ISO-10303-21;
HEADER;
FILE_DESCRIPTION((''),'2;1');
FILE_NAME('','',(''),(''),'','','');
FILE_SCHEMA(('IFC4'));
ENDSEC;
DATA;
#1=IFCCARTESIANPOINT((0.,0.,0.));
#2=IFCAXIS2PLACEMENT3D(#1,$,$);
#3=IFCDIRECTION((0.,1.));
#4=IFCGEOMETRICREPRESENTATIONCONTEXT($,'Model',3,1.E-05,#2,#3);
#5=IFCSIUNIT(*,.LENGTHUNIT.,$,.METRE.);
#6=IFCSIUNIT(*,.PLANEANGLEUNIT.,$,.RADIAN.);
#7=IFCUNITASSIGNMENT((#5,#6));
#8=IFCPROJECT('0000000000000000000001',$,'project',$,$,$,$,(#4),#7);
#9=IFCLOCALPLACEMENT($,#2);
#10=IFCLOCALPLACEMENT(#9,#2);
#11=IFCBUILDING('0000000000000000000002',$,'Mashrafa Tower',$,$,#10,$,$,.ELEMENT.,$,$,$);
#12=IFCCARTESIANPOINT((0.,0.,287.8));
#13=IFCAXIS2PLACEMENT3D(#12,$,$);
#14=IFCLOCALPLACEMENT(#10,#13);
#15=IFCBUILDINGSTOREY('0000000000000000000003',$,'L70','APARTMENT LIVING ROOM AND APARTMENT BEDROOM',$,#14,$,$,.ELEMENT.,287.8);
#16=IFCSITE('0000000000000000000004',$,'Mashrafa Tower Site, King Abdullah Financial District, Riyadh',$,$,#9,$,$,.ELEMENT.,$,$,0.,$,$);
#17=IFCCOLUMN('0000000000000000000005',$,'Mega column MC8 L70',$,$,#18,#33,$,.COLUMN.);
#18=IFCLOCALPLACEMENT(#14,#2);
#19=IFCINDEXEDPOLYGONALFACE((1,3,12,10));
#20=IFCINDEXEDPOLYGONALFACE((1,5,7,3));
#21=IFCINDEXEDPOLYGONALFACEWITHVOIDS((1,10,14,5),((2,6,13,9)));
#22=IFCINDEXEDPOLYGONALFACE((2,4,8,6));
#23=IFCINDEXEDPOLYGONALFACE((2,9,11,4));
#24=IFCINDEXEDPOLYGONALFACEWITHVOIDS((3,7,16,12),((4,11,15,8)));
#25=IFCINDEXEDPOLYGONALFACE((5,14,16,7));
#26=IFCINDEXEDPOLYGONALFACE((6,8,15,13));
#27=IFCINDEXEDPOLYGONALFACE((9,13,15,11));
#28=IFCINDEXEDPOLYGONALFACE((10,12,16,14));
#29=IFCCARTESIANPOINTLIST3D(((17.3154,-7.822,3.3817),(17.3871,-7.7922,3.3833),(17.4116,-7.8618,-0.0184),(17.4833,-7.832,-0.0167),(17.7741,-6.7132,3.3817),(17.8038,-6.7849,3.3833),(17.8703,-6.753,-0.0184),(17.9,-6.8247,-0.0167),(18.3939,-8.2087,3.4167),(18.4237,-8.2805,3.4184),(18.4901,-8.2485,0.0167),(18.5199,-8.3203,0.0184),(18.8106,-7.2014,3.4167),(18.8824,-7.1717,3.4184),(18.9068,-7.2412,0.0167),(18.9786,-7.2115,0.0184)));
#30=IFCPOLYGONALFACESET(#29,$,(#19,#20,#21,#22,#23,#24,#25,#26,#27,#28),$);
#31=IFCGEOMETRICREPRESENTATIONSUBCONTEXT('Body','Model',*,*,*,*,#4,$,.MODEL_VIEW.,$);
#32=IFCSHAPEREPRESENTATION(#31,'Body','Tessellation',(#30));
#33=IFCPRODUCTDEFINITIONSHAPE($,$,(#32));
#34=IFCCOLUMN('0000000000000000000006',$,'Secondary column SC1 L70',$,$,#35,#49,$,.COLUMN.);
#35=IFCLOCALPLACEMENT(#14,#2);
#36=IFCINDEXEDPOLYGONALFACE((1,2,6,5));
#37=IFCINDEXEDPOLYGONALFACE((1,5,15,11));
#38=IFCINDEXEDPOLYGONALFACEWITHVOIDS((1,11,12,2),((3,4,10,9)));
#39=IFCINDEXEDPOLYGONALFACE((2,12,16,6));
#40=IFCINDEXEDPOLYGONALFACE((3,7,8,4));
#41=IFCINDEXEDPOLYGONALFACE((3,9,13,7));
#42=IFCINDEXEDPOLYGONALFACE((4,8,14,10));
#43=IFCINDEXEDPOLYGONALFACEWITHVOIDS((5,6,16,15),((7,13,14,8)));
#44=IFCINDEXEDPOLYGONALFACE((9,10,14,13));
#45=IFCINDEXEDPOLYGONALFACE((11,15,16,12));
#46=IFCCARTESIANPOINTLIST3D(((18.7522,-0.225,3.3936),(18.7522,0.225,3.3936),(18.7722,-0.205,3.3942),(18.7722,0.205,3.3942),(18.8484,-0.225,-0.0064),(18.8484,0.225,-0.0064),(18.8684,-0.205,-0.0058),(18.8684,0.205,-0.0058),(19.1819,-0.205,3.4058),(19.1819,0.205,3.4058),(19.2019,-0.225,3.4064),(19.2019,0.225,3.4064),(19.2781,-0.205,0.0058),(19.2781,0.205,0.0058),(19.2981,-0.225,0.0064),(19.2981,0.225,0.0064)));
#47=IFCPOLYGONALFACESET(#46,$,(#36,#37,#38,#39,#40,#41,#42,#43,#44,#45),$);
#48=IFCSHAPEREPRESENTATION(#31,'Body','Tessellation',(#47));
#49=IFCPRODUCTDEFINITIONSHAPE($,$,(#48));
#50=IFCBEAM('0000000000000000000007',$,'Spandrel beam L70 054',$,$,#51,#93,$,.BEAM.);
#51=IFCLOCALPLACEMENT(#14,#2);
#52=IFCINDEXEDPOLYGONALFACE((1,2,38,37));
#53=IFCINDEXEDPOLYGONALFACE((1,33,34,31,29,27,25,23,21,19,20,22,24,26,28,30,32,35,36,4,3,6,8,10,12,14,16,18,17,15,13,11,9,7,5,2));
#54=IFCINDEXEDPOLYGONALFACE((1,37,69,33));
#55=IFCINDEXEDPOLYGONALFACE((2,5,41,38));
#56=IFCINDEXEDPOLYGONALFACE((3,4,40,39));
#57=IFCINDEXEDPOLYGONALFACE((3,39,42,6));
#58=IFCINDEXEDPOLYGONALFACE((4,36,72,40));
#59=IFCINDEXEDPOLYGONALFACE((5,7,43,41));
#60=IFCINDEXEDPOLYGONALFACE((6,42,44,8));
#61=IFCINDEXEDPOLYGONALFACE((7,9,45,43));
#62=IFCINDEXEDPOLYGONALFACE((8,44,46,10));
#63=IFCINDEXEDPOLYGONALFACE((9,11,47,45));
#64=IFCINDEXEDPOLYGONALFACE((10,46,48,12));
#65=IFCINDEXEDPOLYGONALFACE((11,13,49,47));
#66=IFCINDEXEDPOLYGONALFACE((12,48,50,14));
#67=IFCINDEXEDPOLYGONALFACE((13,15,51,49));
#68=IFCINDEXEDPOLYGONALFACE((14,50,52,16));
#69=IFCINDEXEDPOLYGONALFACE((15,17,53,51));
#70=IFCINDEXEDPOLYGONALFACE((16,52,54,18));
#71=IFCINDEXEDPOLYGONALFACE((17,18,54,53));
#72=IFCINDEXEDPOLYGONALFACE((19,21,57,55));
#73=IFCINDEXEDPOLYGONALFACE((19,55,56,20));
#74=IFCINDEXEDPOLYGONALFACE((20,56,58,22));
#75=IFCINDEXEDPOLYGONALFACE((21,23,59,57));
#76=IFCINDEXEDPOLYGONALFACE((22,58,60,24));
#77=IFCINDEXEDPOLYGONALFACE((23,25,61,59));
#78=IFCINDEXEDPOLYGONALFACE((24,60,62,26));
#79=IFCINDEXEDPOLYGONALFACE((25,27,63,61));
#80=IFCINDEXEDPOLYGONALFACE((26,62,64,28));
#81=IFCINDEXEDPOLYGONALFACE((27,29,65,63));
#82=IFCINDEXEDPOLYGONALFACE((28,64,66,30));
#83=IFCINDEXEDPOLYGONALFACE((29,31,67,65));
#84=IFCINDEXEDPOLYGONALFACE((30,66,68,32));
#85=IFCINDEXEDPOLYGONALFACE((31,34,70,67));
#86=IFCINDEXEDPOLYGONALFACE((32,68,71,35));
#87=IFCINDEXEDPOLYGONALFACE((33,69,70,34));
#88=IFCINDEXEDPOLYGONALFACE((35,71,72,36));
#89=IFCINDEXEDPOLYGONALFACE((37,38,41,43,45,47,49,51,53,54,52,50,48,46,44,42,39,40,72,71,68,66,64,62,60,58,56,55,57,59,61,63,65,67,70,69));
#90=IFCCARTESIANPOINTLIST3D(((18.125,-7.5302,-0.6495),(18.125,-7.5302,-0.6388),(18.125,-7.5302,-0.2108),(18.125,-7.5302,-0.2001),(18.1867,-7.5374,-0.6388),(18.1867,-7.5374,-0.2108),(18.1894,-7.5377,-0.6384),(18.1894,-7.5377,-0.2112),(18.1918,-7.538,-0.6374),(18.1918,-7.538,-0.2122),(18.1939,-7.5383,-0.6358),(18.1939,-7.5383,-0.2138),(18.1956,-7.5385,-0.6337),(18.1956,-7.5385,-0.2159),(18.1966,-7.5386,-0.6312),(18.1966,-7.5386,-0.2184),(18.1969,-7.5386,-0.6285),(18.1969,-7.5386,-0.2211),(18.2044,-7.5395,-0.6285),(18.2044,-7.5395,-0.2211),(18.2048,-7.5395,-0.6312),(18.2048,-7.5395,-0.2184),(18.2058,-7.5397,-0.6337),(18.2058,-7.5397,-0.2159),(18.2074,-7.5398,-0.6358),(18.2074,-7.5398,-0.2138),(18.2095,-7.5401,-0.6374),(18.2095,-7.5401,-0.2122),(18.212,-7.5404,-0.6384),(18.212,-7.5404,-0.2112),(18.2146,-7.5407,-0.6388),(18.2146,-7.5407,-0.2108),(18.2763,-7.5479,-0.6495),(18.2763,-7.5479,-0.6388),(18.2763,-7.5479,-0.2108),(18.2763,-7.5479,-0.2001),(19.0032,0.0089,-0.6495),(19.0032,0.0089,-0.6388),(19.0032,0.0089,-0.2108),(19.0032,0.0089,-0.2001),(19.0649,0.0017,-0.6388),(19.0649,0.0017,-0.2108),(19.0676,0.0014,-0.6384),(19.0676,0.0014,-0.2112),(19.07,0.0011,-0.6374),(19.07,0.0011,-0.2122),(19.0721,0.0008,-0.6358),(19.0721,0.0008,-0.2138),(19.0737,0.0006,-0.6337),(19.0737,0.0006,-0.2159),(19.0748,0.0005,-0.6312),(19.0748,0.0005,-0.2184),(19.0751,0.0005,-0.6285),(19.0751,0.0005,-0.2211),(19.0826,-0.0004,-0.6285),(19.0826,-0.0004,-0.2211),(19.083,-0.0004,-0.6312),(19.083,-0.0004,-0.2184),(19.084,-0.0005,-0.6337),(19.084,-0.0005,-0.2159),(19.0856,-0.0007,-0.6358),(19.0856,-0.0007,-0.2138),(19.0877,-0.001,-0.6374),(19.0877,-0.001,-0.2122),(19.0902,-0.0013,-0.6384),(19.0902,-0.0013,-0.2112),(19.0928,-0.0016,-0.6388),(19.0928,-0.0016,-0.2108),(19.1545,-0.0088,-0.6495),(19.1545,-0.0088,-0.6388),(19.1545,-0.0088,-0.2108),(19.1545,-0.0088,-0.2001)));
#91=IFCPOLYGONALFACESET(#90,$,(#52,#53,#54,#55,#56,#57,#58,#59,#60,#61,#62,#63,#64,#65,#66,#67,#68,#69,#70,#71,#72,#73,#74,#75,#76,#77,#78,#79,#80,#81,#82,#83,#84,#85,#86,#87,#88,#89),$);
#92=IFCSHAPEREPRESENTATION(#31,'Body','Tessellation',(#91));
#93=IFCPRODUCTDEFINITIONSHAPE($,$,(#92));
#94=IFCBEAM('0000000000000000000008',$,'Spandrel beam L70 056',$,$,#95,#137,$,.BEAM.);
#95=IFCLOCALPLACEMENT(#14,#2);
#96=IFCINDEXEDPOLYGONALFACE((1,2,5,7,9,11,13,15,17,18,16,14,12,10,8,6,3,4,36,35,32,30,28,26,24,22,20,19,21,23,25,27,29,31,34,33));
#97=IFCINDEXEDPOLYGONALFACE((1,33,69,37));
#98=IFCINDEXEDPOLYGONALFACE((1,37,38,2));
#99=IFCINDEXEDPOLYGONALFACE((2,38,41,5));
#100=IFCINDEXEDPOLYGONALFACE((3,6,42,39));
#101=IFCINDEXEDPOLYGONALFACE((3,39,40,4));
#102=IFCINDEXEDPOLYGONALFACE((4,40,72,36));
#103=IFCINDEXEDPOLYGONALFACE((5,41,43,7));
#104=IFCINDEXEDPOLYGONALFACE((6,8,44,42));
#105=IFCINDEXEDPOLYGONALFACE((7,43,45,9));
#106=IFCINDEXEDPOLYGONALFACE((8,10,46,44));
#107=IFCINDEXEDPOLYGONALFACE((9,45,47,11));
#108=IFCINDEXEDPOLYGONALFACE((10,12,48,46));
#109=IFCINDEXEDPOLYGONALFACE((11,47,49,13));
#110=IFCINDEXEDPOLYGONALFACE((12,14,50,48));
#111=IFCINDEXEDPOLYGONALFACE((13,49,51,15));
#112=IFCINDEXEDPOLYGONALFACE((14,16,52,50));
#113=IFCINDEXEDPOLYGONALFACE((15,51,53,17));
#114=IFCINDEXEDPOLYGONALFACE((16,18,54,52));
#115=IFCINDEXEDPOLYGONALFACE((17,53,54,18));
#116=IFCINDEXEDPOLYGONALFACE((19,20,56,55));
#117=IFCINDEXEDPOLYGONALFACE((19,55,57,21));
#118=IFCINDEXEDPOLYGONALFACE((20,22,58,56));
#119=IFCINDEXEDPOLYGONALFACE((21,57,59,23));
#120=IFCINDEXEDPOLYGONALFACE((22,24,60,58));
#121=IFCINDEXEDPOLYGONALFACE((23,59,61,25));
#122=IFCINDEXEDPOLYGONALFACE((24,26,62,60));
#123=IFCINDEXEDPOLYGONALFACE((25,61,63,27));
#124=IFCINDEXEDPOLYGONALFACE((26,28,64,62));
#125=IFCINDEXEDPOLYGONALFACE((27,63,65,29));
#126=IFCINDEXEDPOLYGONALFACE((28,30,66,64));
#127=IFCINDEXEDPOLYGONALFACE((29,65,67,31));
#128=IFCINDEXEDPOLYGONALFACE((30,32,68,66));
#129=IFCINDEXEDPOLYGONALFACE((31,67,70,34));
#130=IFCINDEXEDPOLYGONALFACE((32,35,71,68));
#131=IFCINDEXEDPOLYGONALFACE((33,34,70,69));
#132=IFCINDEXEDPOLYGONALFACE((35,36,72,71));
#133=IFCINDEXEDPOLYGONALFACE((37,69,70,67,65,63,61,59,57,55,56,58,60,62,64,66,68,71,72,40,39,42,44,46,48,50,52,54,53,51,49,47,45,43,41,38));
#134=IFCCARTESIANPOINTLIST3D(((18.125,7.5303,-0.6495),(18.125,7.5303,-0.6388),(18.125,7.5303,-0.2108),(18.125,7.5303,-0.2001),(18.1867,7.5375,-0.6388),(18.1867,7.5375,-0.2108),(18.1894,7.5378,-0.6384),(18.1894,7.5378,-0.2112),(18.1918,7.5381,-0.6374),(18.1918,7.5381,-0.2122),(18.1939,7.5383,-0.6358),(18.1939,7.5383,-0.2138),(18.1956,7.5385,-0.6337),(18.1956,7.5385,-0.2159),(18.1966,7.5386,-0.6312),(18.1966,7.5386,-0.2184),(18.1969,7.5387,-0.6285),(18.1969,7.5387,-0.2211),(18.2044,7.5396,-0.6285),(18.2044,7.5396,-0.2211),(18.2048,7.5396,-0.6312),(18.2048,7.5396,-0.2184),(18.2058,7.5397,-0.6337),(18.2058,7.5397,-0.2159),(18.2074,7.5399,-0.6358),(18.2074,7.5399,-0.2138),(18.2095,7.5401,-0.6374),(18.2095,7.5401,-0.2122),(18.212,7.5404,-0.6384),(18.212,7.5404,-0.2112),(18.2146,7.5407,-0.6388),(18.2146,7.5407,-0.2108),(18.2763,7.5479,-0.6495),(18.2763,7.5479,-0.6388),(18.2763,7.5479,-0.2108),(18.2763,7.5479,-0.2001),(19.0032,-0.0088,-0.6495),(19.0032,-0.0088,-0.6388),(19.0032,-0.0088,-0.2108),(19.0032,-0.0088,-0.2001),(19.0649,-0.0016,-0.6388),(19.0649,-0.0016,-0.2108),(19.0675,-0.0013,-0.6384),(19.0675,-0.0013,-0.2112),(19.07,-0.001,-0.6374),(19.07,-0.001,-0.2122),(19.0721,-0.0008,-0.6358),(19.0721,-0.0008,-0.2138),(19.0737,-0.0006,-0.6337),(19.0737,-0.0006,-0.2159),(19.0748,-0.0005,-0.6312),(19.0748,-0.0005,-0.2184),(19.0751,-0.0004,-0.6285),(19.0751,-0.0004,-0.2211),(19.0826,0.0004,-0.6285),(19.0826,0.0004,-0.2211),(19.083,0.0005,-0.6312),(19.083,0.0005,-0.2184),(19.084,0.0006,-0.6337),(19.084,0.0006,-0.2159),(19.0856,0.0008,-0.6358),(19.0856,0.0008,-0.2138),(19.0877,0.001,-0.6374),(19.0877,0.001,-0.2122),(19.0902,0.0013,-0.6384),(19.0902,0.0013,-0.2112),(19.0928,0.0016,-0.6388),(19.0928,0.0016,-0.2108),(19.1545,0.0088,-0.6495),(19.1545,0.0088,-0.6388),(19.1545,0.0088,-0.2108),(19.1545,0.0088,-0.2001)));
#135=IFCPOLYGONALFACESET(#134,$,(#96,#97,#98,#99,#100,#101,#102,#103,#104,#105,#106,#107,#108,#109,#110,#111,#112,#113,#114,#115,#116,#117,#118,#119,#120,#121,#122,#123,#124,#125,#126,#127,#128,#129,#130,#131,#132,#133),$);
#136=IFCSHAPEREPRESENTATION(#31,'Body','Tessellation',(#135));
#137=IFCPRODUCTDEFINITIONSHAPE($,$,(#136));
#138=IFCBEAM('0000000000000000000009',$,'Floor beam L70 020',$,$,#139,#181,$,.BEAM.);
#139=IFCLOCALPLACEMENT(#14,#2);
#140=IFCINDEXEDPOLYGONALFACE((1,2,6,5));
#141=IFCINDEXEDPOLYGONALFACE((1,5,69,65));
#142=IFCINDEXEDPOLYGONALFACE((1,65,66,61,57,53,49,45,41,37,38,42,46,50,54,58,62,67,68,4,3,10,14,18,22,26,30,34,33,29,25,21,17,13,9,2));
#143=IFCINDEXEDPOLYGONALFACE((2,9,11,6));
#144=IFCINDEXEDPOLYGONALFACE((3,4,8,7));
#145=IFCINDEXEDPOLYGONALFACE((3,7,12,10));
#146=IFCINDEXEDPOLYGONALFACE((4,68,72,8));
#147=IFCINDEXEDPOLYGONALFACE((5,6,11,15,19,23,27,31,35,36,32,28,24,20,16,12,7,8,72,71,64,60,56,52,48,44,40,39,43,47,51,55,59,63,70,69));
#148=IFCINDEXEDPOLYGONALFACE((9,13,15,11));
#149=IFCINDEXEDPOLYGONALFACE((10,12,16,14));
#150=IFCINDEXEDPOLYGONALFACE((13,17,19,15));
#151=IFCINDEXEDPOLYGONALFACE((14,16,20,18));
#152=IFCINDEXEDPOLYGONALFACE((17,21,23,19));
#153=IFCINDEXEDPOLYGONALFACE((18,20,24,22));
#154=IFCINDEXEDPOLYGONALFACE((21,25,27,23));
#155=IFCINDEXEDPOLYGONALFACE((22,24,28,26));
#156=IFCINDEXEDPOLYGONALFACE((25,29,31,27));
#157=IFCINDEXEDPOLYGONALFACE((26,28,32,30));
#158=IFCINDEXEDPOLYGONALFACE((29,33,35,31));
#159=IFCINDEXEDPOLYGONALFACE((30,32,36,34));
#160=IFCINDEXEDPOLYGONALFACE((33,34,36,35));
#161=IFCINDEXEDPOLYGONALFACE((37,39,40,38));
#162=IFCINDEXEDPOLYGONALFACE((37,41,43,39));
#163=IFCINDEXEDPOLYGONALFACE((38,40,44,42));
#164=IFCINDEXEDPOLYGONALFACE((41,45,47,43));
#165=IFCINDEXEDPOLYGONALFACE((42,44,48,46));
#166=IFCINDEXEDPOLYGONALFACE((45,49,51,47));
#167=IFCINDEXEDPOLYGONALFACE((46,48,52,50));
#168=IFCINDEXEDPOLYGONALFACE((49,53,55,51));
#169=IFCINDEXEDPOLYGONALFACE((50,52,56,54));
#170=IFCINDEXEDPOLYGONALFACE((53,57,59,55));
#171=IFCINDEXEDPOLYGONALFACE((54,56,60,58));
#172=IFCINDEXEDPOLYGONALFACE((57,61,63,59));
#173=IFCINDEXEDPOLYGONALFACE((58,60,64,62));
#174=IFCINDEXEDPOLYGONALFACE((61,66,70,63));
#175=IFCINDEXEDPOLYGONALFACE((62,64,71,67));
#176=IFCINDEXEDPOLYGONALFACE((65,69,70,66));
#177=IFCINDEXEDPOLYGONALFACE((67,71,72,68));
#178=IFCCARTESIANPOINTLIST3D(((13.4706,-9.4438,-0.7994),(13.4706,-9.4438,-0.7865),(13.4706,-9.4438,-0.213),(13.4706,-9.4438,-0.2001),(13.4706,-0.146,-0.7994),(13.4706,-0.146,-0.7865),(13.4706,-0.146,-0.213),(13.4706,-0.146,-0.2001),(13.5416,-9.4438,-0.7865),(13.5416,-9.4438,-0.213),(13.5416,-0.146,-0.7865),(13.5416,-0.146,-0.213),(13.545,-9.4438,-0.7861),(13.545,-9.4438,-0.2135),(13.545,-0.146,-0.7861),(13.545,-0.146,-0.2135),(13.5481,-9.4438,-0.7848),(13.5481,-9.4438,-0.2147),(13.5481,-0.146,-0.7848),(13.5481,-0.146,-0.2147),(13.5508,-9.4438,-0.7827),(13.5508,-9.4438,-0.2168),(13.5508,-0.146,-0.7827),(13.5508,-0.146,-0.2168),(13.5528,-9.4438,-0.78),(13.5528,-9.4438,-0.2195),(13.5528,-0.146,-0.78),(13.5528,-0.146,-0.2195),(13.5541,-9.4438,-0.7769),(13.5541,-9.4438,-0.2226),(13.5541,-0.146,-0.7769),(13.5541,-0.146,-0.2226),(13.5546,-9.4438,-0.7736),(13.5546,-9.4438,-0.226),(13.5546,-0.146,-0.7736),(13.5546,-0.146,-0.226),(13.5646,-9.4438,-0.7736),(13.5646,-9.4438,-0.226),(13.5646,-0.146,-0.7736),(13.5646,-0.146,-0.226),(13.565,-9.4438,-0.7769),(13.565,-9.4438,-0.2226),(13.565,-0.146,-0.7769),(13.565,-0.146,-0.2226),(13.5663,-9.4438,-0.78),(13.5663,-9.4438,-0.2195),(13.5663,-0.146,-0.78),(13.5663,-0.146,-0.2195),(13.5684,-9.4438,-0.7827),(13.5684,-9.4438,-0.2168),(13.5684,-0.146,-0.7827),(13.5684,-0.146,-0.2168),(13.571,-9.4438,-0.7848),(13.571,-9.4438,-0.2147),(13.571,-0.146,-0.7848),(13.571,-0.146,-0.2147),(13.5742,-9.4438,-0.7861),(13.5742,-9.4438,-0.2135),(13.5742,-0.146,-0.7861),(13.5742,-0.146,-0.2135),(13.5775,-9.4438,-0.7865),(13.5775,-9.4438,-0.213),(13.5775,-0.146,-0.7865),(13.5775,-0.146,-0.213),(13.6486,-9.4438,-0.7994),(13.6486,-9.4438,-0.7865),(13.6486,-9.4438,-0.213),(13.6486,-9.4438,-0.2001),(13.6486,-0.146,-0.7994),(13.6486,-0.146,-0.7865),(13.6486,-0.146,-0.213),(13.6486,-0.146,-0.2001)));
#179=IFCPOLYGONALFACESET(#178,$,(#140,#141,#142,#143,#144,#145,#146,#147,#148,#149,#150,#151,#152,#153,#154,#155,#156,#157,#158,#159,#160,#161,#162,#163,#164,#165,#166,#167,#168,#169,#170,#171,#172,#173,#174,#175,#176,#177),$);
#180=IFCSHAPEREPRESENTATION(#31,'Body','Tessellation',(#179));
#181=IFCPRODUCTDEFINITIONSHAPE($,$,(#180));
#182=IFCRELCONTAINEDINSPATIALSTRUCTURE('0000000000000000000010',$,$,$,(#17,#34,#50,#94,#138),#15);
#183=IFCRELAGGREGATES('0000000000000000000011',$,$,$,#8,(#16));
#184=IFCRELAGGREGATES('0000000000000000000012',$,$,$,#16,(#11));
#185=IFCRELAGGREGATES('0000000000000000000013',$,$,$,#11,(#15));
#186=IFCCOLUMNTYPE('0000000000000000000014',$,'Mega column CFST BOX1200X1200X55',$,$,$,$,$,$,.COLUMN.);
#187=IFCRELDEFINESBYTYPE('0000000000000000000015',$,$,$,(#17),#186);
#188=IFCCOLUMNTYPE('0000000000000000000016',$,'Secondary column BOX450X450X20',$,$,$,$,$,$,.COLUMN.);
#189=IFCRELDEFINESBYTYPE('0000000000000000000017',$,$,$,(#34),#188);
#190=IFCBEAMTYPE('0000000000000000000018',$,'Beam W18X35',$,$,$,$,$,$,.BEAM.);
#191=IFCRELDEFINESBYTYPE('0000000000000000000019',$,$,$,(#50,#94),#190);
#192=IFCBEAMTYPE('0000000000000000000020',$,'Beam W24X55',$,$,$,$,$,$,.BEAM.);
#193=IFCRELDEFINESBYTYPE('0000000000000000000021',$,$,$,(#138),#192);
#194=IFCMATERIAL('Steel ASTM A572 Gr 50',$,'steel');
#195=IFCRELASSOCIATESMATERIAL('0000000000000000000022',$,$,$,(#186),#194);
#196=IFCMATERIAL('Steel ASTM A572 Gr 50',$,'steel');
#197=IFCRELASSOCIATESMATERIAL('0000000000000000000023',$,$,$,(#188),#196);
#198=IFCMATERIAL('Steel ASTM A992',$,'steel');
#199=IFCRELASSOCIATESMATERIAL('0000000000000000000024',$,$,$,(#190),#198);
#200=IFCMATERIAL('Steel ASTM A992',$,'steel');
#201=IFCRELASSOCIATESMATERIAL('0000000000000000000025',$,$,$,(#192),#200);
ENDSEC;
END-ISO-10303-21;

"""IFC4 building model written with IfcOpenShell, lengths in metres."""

from ifc_helpers import new_model, si_unit, direction, frame, origin, origin_2d, place, context, subcontext, project, spatial, hollow_rectangle, i_section, extrude, material, material_profile, profile_set, type_object, element, save


model = new_model("IFC4")

# Units and contexts
model_context = context("Model", 3, precision=1e-05, world=origin(), true_north=direction((0.0, 1.0)))
body_context = subcontext(model_context, "Body", "Model", "MODEL_VIEW")
ifc_project = project(units=[si_unit("LENGTHUNIT", "METRE"), si_unit("PLANEANGLEUNIT", "RADIAN")], contexts=[model_context])

# Site, building, storey
site_placement = place(None, origin())
site = spatial("IfcSite", under=ifc_project, at=site_placement, Name="Mashrafa Tower Site, King Abdullah Financial District, Riyadh", CompositionType="ELEMENT", RefElevation=0.0)
building_placement = place(site_placement, origin())
building = spatial("IfcBuilding", under=site, at=building_placement, Name="Mashrafa Tower", CompositionType="ELEMENT")
storey_placement = place(building_placement, frame((0.0, 0.0, 287.8)))
storey = spatial("IfcBuildingStorey", under=building, at=storey_placement, Name="L70", Description="APARTMENT LIVING ROOM AND APARTMENT BEDROOM", CompositionType="ELEMENT", Elevation=287.8)

# Columns
ifc_material_1 = material(Name="Steel ASTM A572 Gr 50", Category="steel")
ifc_material_profile_1 = material_profile(ifc_material_1, hollow_rectangle(XDim=1.2, YDim=1.2, WallThickness=0.0549, at=origin_2d()), Name="BOX1200X1200X55")
ifc_profile_set_1 = profile_set([ifc_material_profile_1], Name="Steel ASTM A572 Gr 50")
column_type_1 = type_object("IfcColumnType", Name="Mega column CFST BOX1200X1200X55", PredefinedType="COLUMN", material=ifc_profile_set_1)
column_1_placement = place(storey_placement, frame((18.1951, -7.5366, 0.0), z_axis=(-0.028279, 0.011699, 0.999532), x_axis=(-0.382283, -0.924045, 0.0)))
element("IfcColumn", 1, at=column_1_placement, inside=storey, type_object=column_type_1, Name="Mega column MC8 L70", PredefinedType="COLUMN", context=body_context, shape_type="SweptSolid", body=[
    extrude(hollow_rectangle(XDim=1.2, YDim=1.2, WallThickness=0.0549, at=origin_2d()), origin(), (0.0, 0.0, 1.0), 3.4016),
])
ifc_material_2 = material(Name="Steel ASTM A572 Gr 50", Category="steel")
ifc_material_profile_2 = material_profile(ifc_material_2, hollow_rectangle(XDim=0.45, YDim=0.45, WallThickness=0.02, at=origin_2d()), Name="BOX450X450X20")
ifc_profile_set_2 = profile_set([ifc_material_profile_2], Name="Steel ASTM A572 Gr 50")
column_type_2 = type_object("IfcColumnType", Name="Secondary column BOX450X450X20", PredefinedType="COLUMN", material=ifc_profile_set_2)
column_2_placement = place(storey_placement, frame((19.0732, 0.0, 0.0), z_axis=(-0.028281, 0.0, 0.9996), x_axis=(0.0, -1.0, 0.0)))
element("IfcColumn", 2, at=column_2_placement, inside=storey, type_object=column_type_2, Name="Secondary column SC1 L70", PredefinedType="COLUMN", context=body_context, shape_type="SweptSolid", body=[
    extrude(hollow_rectangle(XDim=0.45, YDim=0.45, WallThickness=0.02, at=origin_2d()), origin(), (0.0, 0.0, 1.0), 3.4014),
])

# Beams
ifc_material_3 = material(Name="Steel ASTM A992", Category="steel")
ifc_material_profile_3 = material_profile(ifc_material_3, i_section(OverallWidth=0.1523, OverallDepth=0.4495, WebThickness=0.0076, FlangeThickness=0.0107, FilletRadius=0.0103, at=origin_2d()), Name="W18X35")
ifc_profile_set_3 = profile_set([ifc_material_profile_3], Name="Steel ASTM A992")
beam_type_1 = type_object("IfcBeamType", Name="Beam W18X35", PredefinedType="BEAM", material=ifc_profile_set_3)
for number, where, z_axis, x_axis, name in (
    (3, (18.2007, -7.5391, -0.4248), (0.115701, 0.993284, 0.0), (-0.993284, 0.115701, 0.0), "Spandrel beam L70 054"),
    (4, (19.0789, 0.0, -0.4248), (-0.115701, 0.993284, 0.0), (-0.993284, -0.115701, 0.0), "Spandrel beam L70 056"),
):
    element("IfcBeam", number, at=place(storey_placement, frame(where, z_axis=z_axis, x_axis=x_axis)), inside=storey, type_object=beam_type_1, Name=name, PredefinedType="BEAM", context=body_context, shape_type="SweptSolid", body=[
        extrude(i_section(OverallWidth=0.1523, OverallDepth=0.4495, WebThickness=0.0076, FlangeThickness=0.0107, FilletRadius=0.0103, at=origin_2d()), origin(), (0.0, 0.0, 1.0), 7.5901),
    ])
ifc_material_4 = material(Name="Steel ASTM A992", Category="steel")
ifc_material_profile_4 = material_profile(ifc_material_4, i_section(OverallWidth=0.178, OverallDepth=0.5994, WebThickness=0.01, FlangeThickness=0.0129, FilletRadius=0.0129, at=origin_2d()), Name="W24X55")
ifc_profile_set_4 = profile_set([ifc_material_profile_4], Name="Steel ASTM A992")
beam_type_2 = type_object("IfcBeamType", Name="Beam W24X55", PredefinedType="BEAM", material=ifc_profile_set_4)
beam_1_placement = place(storey_placement, frame((13.5596, -0.146, -0.4998), z_axis=(0.0, -1.0, 0.0), x_axis=(1.0, 0.0, 0.0)))
element("IfcBeam", 5, at=beam_1_placement, inside=storey, type_object=beam_type_2, Name="Floor beam L70 020", PredefinedType="BEAM", context=body_context, shape_type="SweptSolid", body=[
    extrude(i_section(OverallWidth=0.178, OverallDepth=0.5994, WebThickness=0.01, FlangeThickness=0.0129, FilletRadius=0.0129, at=origin_2d()), origin(), (0.0, 0.0, 1.0), 9.2979),
])

save(model, "model.ifc")
